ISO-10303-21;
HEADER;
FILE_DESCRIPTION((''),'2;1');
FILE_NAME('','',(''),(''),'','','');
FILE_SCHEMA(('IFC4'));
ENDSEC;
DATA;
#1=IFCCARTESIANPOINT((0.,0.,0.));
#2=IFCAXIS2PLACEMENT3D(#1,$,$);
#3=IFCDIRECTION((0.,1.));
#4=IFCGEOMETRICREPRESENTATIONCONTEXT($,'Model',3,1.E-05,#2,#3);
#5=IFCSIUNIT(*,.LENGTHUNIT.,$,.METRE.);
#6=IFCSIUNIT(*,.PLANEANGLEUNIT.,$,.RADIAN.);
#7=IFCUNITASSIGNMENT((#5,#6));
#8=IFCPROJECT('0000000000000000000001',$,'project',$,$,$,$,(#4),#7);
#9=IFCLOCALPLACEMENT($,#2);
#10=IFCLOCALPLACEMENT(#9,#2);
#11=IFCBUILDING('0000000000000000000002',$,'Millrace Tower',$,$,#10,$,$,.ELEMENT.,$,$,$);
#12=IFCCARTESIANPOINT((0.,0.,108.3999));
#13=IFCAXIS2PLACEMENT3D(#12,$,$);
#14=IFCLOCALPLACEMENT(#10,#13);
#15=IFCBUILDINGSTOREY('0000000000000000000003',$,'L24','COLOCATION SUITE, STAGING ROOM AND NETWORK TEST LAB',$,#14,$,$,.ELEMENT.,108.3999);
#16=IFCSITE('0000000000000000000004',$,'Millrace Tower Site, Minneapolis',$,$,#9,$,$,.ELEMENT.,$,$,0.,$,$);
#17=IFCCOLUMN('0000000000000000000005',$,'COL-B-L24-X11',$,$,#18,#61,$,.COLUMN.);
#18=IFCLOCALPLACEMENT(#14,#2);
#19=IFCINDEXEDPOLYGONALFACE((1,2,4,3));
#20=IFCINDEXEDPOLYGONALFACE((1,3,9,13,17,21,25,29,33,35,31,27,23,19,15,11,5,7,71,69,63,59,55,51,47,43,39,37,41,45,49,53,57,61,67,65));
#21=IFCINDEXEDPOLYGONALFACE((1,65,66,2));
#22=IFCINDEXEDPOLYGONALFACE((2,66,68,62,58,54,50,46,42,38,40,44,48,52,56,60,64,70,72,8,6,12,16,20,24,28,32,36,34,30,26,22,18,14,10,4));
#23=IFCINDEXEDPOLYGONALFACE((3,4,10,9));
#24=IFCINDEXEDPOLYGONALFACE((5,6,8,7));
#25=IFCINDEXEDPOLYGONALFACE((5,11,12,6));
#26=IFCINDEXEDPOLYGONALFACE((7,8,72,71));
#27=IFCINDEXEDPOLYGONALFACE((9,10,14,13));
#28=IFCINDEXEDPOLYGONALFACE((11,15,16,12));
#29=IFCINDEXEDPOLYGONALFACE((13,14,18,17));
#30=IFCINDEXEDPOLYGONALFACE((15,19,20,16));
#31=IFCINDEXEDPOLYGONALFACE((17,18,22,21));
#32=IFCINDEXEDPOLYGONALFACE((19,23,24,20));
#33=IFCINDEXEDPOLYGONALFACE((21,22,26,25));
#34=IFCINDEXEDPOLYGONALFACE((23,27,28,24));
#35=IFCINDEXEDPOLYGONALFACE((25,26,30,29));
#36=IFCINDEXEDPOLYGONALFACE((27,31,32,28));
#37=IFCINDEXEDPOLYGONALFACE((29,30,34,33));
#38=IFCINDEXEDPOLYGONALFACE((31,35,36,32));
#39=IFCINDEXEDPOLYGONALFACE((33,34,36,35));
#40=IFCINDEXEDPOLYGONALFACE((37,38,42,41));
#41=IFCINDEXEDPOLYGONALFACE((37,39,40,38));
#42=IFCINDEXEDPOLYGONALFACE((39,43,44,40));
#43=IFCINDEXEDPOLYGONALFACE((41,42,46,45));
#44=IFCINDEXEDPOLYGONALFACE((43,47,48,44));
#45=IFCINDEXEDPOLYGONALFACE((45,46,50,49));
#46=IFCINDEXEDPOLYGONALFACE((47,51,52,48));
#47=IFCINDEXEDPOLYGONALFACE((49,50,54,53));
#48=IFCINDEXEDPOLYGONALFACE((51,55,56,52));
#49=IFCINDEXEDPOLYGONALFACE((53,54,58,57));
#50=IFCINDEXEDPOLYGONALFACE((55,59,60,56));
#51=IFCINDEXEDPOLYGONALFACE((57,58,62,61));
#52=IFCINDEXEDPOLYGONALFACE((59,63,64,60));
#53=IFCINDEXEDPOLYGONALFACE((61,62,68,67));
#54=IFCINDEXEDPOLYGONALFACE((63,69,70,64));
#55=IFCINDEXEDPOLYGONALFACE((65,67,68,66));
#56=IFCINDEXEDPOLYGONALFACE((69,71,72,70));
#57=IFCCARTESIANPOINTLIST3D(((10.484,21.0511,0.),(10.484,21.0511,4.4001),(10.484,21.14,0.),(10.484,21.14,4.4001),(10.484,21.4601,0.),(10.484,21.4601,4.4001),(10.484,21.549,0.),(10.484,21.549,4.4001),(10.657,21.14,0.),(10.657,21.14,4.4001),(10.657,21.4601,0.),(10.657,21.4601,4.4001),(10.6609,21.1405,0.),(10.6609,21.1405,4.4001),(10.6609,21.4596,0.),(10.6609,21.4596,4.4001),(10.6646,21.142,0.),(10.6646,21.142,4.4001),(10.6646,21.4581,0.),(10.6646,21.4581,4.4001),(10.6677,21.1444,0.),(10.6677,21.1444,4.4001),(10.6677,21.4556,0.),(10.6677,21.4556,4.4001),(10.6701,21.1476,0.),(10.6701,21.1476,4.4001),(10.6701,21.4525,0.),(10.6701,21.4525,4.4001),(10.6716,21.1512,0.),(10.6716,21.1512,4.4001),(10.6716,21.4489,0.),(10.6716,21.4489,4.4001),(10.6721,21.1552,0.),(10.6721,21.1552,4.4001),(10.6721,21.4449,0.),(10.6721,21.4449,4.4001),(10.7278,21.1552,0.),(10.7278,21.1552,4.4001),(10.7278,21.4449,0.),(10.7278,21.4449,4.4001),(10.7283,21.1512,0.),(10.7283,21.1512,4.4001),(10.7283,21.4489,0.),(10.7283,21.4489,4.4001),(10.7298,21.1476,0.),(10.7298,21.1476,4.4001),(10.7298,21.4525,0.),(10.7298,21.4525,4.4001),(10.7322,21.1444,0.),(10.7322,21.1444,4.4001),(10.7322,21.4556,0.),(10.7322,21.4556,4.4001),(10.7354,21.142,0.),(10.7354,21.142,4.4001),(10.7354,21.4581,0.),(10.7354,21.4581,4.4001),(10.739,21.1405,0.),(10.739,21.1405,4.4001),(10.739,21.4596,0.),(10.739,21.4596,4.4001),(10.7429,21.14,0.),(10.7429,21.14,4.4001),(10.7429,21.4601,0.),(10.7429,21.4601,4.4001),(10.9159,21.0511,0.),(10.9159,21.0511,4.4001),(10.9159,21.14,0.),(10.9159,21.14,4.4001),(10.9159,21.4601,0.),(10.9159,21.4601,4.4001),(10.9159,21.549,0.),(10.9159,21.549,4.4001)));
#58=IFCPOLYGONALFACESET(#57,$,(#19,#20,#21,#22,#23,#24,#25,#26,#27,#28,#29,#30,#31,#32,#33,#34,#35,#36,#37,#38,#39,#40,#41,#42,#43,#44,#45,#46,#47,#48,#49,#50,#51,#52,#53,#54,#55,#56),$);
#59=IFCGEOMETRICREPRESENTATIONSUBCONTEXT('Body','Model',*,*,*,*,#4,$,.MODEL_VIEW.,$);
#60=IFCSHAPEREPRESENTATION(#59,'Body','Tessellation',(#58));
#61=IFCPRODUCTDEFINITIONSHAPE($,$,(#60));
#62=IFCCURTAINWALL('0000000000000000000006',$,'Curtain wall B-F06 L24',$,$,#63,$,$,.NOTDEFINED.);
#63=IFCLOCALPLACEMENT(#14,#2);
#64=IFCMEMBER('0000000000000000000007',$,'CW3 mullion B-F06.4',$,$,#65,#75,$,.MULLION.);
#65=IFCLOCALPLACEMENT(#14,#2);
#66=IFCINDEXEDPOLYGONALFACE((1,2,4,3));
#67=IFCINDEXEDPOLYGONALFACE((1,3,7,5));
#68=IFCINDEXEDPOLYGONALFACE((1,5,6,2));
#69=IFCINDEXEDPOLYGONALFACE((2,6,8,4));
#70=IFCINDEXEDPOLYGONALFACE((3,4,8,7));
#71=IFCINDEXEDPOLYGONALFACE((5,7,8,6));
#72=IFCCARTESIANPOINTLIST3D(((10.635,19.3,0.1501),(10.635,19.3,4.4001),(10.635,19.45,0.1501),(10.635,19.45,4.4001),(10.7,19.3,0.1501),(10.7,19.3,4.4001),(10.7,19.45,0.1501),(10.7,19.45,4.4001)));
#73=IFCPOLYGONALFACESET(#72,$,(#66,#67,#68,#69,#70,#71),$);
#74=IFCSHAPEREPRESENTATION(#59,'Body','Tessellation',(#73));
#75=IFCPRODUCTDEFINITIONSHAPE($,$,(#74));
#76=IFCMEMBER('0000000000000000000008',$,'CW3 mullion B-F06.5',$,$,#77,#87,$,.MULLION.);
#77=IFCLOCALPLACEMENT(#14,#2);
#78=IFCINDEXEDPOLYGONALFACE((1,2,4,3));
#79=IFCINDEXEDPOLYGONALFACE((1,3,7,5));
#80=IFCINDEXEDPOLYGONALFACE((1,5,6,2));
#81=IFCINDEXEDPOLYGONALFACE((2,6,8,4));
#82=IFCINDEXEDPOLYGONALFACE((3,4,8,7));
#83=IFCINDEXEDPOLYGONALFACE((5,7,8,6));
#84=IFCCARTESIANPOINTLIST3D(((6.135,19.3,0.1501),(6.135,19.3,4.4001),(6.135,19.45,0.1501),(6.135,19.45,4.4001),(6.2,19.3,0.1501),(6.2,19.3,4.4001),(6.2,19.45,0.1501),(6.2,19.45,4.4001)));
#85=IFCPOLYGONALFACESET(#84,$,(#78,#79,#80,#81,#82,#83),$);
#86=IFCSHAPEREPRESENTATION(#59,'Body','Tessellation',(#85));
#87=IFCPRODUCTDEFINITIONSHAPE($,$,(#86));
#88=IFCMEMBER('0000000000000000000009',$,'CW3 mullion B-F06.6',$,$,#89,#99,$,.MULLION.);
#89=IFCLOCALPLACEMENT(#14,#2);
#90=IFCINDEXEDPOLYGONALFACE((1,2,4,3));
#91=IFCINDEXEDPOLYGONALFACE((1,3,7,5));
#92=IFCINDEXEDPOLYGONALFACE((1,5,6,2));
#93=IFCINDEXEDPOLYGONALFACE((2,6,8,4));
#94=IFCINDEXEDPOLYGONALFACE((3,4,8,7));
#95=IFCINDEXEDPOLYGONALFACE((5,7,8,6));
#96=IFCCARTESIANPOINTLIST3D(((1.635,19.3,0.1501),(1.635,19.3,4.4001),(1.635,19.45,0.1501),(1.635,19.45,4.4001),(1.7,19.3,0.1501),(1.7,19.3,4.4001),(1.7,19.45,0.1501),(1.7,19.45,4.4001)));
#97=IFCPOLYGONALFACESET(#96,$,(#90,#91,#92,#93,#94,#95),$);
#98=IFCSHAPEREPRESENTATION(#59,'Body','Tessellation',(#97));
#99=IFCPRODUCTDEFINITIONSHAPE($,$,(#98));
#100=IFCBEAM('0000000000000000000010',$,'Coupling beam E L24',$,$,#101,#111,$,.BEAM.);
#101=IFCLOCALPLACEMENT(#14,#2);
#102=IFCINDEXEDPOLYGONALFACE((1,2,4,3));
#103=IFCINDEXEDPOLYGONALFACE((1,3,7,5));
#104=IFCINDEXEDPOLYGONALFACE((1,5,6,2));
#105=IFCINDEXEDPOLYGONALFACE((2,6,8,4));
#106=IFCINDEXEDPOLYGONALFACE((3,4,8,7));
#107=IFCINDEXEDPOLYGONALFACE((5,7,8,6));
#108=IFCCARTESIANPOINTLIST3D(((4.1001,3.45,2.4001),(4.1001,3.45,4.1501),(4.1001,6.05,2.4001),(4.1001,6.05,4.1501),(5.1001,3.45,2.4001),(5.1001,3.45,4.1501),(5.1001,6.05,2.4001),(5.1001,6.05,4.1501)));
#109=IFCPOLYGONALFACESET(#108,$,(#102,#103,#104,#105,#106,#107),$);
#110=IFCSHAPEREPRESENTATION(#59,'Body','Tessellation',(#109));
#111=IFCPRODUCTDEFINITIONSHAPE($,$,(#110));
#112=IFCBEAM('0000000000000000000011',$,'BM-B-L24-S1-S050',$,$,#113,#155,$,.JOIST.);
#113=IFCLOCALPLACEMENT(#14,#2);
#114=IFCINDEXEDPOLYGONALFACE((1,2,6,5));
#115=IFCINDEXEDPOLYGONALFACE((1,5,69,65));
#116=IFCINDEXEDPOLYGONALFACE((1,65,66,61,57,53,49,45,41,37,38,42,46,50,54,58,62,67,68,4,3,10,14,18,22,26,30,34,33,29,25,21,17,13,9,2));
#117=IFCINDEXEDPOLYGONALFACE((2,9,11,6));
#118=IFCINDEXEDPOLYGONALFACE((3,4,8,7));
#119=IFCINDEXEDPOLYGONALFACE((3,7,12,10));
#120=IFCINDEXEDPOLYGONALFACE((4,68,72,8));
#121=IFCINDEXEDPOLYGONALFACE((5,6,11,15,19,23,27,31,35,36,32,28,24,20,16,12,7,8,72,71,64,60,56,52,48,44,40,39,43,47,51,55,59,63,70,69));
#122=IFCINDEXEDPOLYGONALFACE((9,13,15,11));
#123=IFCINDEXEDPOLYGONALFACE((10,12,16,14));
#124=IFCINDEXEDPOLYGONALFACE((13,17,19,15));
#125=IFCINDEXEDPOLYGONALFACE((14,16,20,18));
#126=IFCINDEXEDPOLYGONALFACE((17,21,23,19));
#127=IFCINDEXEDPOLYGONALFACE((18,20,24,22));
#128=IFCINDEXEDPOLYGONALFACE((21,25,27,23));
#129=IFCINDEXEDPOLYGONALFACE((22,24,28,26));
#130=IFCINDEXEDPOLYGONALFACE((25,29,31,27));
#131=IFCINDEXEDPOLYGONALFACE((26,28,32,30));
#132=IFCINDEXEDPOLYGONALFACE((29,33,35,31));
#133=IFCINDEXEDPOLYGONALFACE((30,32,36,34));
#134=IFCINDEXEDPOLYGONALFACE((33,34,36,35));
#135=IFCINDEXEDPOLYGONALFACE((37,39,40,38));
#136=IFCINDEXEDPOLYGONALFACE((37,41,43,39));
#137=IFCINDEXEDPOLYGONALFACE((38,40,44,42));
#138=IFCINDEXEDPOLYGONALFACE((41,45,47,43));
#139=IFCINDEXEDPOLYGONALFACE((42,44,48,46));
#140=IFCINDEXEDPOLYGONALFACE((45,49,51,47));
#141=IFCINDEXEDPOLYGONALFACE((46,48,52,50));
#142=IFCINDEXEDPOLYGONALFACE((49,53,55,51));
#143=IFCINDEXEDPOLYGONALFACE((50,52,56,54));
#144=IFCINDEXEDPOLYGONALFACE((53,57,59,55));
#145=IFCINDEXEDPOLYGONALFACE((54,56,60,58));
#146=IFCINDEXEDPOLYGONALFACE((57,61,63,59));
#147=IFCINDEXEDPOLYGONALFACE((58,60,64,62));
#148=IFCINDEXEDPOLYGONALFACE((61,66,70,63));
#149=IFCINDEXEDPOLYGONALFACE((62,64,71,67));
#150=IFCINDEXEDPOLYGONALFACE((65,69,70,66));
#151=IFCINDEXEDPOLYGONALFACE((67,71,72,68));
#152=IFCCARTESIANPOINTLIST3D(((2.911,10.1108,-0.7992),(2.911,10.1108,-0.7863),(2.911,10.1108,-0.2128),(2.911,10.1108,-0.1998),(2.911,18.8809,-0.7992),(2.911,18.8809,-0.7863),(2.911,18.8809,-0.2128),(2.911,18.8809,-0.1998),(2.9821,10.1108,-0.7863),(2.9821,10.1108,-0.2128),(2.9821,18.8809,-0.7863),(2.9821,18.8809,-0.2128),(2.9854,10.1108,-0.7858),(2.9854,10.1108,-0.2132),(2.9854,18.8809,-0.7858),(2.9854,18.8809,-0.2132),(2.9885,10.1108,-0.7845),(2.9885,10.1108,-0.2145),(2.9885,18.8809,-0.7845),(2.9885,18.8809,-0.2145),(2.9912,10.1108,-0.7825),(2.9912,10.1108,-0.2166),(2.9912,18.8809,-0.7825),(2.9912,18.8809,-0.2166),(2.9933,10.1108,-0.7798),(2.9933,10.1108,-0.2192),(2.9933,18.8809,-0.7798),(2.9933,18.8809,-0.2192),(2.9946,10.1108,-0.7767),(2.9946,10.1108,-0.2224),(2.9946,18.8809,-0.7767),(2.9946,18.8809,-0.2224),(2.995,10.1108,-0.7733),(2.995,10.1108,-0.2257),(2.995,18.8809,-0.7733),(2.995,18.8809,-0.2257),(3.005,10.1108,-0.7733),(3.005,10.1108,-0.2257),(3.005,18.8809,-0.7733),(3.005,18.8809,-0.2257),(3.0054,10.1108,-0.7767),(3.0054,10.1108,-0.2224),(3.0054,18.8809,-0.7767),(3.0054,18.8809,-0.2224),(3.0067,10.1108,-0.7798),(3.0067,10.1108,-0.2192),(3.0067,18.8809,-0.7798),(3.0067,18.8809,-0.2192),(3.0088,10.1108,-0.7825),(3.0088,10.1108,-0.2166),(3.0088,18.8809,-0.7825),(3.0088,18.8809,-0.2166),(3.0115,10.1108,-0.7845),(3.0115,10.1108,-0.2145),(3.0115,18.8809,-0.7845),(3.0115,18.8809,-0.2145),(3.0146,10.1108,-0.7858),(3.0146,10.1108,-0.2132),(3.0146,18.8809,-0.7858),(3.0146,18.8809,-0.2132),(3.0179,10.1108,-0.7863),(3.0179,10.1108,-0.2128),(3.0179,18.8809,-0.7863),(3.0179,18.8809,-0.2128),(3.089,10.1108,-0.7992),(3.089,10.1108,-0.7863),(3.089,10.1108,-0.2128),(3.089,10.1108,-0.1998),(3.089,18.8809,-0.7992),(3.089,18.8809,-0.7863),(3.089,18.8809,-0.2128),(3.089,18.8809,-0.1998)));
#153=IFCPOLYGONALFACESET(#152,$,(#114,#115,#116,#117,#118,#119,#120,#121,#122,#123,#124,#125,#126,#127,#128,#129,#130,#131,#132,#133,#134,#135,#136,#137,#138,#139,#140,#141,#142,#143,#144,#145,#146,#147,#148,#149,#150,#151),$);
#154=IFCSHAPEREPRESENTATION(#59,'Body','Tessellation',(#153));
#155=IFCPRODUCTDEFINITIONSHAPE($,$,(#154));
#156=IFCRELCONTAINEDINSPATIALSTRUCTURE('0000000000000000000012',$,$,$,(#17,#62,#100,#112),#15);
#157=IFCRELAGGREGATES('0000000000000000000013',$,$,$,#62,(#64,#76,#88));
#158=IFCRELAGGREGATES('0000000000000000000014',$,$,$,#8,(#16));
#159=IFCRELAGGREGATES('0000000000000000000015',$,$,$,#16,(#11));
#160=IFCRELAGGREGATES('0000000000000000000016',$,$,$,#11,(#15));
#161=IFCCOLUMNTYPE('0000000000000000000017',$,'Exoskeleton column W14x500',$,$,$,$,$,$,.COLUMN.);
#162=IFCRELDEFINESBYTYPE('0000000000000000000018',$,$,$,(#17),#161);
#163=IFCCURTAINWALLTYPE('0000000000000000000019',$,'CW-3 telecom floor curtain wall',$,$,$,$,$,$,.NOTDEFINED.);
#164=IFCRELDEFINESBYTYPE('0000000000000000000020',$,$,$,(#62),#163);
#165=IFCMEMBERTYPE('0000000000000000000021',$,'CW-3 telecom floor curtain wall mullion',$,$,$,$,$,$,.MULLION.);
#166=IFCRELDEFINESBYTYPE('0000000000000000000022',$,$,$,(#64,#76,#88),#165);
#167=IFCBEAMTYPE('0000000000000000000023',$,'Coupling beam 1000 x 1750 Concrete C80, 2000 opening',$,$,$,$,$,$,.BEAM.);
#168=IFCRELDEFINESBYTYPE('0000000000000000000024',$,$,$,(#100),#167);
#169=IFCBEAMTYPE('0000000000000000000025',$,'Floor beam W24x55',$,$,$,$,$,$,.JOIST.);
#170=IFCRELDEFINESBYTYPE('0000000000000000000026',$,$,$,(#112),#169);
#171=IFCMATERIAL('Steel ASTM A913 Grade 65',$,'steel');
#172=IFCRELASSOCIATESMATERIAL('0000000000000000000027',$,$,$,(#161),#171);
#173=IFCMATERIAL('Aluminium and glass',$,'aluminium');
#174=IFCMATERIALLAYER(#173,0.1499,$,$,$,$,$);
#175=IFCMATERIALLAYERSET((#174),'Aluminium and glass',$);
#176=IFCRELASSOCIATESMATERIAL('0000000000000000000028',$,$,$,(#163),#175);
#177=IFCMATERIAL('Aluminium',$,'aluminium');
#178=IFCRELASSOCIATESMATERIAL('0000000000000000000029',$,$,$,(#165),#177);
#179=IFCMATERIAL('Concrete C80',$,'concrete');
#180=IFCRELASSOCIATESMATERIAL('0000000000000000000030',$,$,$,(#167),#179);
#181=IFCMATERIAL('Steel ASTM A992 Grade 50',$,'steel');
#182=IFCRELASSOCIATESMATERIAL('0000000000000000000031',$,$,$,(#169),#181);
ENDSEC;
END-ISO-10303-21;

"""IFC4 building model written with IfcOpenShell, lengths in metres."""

from ifc_helpers import new_model, si_unit, direction, frame, origin, origin_2d, place, context, subcontext, project, spatial, rectangle, i_section, extrude, material, layer, layer_set, material_profile, profile_set, type_object, element, aggregate, save


model = new_model("IFC4")

# Units and contexts
model_context = context("Model", 3, precision=1e-05, world=origin(), true_north=direction((0.0, 1.0)))
body_context = subcontext(model_context, "Body", "Model", "MODEL_VIEW")
ifc_project = project(units=[si_unit("LENGTHUNIT", "METRE"), si_unit("PLANEANGLEUNIT", "RADIAN")], contexts=[model_context])

# Site, building, storey
site_placement = place(None, origin())
site = spatial("IfcSite", under=ifc_project, at=site_placement, Name="Millrace Tower Site, Minneapolis", CompositionType="ELEMENT", RefElevation=0.0)
building_placement = place(site_placement, origin())
building = spatial("IfcBuilding", under=site, at=building_placement, Name="Millrace Tower", CompositionType="ELEMENT")
storey_placement = place(building_placement, frame((0.0, 0.0, 108.3999)))
storey = spatial("IfcBuildingStorey", under=building, at=storey_placement, Name="L24", Description="COLOCATION SUITE, STAGING ROOM AND NETWORK TEST LAB", CompositionType="ELEMENT", Elevation=108.3999)

# Column
ifc_material_1 = material(Name="Steel ASTM A913 Grade 65", Category="steel")
ifc_material_profile_1 = material_profile(ifc_material_1, i_section(OverallWidth=0.4319, OverallDepth=0.4978, WebThickness=0.0557, FlangeThickness=0.0889, FilletRadius=0.0151, at=origin_2d()))
ifc_profile_set_1 = profile_set([ifc_material_profile_1], Name="Steel ASTM A913 Grade 65")
column_type = type_object("IfcColumnType", Name="Exoskeleton column W14x500", PredefinedType="COLUMN", material=ifc_profile_set_1)
column_placement = place(storey_placement, frame((10.7, 21.3, 0.0), z_axis=(0.0, 0.0, 1.0), x_axis=(-1.0, 0.0, 0.0)))
element("IfcColumn", 1, at=column_placement, inside=storey, type_object=column_type, Name="COL-B-L24-X11", PredefinedType="COLUMN", context=body_context, shape_type="SweptSolid", body=[
    extrude(i_section(OverallWidth=0.4319, OverallDepth=0.4978, WebThickness=0.0557, FlangeThickness=0.0889, FilletRadius=0.0151, at=origin_2d()), origin(), (0.0, 0.0, 1.0), 4.4001),
])

# Curtain wall, members
ifc_material_2 = material(Name="Aluminium and glass", Category="aluminium")
ifc_layer_1 = layer(ifc_material_2, 0.1499)
ifc_layer_set_1 = layer_set([ifc_layer_1], Name="Aluminium and glass")
curtain_wall_type = type_object("IfcCurtainWallType", Name="CW-3 telecom floor curtain wall", PredefinedType="NOTDEFINED", material=ifc_layer_set_1)
curtain_wall_placement = place(storey_placement, origin())
curtain_wall = element("IfcCurtainWall", 2, at=curtain_wall_placement, inside=storey, type_object=curtain_wall_type, Name="Curtain wall B-F06 L24", PredefinedType="NOTDEFINED")
ifc_material_3 = material(Name="Aluminium", Category="aluminium")
ifc_material_profile_2 = material_profile(ifc_material_3, rectangle(XDim=0.0649, YDim=0.1499, at=origin_2d()))
ifc_profile_set_2 = profile_set([ifc_material_profile_2], Name="Aluminium")
member_type = type_object("IfcMemberType", Name="CW-3 telecom floor curtain wall mullion", PredefinedType="MULLION", material=ifc_profile_set_2)
member_1_placement = place(storey_placement, frame((10.6675, 19.375, 0.1501), z_axis=(0.0, 0.0, 1.0), x_axis=(-1.0, 0.0, 0.0)))
member_1 = element("IfcMember", 3, at=member_1_placement, type_object=member_type, Name="CW3 mullion B-F06.4", PredefinedType="MULLION", context=body_context, shape_type="SweptSolid", body=[
    extrude(rectangle(XDim=0.0649, YDim=0.1499, at=origin_2d()), origin(), (0.0, 0.0, 1.0), 4.25),
])
member_2_placement = place(storey_placement, frame((6.1675, 19.375, 0.1501), z_axis=(0.0, 0.0, 1.0), x_axis=(-1.0, 0.0, 0.0)))
member_2 = element("IfcMember", 4, at=member_2_placement, type_object=member_type, Name="CW3 mullion B-F06.5", PredefinedType="MULLION", context=body_context, shape_type="SweptSolid", body=[
    extrude(rectangle(XDim=0.0649, YDim=0.1499, at=origin_2d()), origin(), (0.0, 0.0, 1.0), 4.25),
])
member_3_placement = place(storey_placement, frame((1.6675, 19.375, 0.1501), z_axis=(0.0, 0.0, 1.0), x_axis=(-1.0, 0.0, 0.0)))
member_3 = element("IfcMember", 5, at=member_3_placement, type_object=member_type, Name="CW3 mullion B-F06.6", PredefinedType="MULLION", context=body_context, shape_type="SweptSolid", body=[
    extrude(rectangle(XDim=0.0649, YDim=0.1499, at=origin_2d()), origin(), (0.0, 0.0, 1.0), 4.25),
])
aggregate(curtain_wall, [member_1, member_2, member_3])

# Beams
ifc_material_4 = material(Name="Concrete C80", Category="concrete")
ifc_material_profile_3 = material_profile(ifc_material_4, rectangle(XDim=1.0, YDim=1.75, at=origin_2d()))
ifc_profile_set_3 = profile_set([ifc_material_profile_3], Name="Concrete C80")
beam_type_1 = type_object("IfcBeamType", Name="Coupling beam 1000 x 1750 Concrete C80, 2000 opening", PredefinedType="BEAM", material=ifc_profile_set_3)
beam_1_placement = place(storey_placement, frame((4.6001, 6.05, 3.2751), z_axis=(0.0, -1.0, 0.0), x_axis=(1.0, 0.0, 0.0)))
element("IfcBeam", 6, at=beam_1_placement, inside=storey, type_object=beam_type_1, Name="Coupling beam E L24", PredefinedType="BEAM", context=body_context, shape_type="SweptSolid", body=[
    extrude(rectangle(XDim=1.0, YDim=1.75, at=origin_2d()), origin(), (0.0, 0.0, 1.0), 2.6001),
])
ifc_material_5 = material(Name="Steel ASTM A992 Grade 50", Category="steel")
ifc_material_profile_4 = material_profile(ifc_material_5, i_section(OverallWidth=0.178, OverallDepth=0.5994, WebThickness=0.01, FlangeThickness=0.0129, FilletRadius=0.0129, at=origin_2d()))
ifc_profile_set_4 = profile_set([ifc_material_profile_4], Name="Steel ASTM A992 Grade 50")
beam_type_2 = type_object("IfcBeamType", Name="Floor beam W24x55", PredefinedType="JOIST", material=ifc_profile_set_4)
beam_2_placement = place(storey_placement, frame((3.0, 10.1108, -0.4995), z_axis=(0.0, 1.0, 0.0), x_axis=(-1.0, 0.0, 0.0)))
element("IfcBeam", 7, at=beam_2_placement, inside=storey, type_object=beam_type_2, Name="BM-B-L24-S1-S050", PredefinedType="JOIST", context=body_context, shape_type="SweptSolid", body=[
    extrude(i_section(OverallWidth=0.178, OverallDepth=0.5994, WebThickness=0.01, FlangeThickness=0.0129, FilletRadius=0.0129, at=origin_2d()), origin(), (0.0, 0.0, 1.0), 8.77),
])

save(model, "model.ifc")
